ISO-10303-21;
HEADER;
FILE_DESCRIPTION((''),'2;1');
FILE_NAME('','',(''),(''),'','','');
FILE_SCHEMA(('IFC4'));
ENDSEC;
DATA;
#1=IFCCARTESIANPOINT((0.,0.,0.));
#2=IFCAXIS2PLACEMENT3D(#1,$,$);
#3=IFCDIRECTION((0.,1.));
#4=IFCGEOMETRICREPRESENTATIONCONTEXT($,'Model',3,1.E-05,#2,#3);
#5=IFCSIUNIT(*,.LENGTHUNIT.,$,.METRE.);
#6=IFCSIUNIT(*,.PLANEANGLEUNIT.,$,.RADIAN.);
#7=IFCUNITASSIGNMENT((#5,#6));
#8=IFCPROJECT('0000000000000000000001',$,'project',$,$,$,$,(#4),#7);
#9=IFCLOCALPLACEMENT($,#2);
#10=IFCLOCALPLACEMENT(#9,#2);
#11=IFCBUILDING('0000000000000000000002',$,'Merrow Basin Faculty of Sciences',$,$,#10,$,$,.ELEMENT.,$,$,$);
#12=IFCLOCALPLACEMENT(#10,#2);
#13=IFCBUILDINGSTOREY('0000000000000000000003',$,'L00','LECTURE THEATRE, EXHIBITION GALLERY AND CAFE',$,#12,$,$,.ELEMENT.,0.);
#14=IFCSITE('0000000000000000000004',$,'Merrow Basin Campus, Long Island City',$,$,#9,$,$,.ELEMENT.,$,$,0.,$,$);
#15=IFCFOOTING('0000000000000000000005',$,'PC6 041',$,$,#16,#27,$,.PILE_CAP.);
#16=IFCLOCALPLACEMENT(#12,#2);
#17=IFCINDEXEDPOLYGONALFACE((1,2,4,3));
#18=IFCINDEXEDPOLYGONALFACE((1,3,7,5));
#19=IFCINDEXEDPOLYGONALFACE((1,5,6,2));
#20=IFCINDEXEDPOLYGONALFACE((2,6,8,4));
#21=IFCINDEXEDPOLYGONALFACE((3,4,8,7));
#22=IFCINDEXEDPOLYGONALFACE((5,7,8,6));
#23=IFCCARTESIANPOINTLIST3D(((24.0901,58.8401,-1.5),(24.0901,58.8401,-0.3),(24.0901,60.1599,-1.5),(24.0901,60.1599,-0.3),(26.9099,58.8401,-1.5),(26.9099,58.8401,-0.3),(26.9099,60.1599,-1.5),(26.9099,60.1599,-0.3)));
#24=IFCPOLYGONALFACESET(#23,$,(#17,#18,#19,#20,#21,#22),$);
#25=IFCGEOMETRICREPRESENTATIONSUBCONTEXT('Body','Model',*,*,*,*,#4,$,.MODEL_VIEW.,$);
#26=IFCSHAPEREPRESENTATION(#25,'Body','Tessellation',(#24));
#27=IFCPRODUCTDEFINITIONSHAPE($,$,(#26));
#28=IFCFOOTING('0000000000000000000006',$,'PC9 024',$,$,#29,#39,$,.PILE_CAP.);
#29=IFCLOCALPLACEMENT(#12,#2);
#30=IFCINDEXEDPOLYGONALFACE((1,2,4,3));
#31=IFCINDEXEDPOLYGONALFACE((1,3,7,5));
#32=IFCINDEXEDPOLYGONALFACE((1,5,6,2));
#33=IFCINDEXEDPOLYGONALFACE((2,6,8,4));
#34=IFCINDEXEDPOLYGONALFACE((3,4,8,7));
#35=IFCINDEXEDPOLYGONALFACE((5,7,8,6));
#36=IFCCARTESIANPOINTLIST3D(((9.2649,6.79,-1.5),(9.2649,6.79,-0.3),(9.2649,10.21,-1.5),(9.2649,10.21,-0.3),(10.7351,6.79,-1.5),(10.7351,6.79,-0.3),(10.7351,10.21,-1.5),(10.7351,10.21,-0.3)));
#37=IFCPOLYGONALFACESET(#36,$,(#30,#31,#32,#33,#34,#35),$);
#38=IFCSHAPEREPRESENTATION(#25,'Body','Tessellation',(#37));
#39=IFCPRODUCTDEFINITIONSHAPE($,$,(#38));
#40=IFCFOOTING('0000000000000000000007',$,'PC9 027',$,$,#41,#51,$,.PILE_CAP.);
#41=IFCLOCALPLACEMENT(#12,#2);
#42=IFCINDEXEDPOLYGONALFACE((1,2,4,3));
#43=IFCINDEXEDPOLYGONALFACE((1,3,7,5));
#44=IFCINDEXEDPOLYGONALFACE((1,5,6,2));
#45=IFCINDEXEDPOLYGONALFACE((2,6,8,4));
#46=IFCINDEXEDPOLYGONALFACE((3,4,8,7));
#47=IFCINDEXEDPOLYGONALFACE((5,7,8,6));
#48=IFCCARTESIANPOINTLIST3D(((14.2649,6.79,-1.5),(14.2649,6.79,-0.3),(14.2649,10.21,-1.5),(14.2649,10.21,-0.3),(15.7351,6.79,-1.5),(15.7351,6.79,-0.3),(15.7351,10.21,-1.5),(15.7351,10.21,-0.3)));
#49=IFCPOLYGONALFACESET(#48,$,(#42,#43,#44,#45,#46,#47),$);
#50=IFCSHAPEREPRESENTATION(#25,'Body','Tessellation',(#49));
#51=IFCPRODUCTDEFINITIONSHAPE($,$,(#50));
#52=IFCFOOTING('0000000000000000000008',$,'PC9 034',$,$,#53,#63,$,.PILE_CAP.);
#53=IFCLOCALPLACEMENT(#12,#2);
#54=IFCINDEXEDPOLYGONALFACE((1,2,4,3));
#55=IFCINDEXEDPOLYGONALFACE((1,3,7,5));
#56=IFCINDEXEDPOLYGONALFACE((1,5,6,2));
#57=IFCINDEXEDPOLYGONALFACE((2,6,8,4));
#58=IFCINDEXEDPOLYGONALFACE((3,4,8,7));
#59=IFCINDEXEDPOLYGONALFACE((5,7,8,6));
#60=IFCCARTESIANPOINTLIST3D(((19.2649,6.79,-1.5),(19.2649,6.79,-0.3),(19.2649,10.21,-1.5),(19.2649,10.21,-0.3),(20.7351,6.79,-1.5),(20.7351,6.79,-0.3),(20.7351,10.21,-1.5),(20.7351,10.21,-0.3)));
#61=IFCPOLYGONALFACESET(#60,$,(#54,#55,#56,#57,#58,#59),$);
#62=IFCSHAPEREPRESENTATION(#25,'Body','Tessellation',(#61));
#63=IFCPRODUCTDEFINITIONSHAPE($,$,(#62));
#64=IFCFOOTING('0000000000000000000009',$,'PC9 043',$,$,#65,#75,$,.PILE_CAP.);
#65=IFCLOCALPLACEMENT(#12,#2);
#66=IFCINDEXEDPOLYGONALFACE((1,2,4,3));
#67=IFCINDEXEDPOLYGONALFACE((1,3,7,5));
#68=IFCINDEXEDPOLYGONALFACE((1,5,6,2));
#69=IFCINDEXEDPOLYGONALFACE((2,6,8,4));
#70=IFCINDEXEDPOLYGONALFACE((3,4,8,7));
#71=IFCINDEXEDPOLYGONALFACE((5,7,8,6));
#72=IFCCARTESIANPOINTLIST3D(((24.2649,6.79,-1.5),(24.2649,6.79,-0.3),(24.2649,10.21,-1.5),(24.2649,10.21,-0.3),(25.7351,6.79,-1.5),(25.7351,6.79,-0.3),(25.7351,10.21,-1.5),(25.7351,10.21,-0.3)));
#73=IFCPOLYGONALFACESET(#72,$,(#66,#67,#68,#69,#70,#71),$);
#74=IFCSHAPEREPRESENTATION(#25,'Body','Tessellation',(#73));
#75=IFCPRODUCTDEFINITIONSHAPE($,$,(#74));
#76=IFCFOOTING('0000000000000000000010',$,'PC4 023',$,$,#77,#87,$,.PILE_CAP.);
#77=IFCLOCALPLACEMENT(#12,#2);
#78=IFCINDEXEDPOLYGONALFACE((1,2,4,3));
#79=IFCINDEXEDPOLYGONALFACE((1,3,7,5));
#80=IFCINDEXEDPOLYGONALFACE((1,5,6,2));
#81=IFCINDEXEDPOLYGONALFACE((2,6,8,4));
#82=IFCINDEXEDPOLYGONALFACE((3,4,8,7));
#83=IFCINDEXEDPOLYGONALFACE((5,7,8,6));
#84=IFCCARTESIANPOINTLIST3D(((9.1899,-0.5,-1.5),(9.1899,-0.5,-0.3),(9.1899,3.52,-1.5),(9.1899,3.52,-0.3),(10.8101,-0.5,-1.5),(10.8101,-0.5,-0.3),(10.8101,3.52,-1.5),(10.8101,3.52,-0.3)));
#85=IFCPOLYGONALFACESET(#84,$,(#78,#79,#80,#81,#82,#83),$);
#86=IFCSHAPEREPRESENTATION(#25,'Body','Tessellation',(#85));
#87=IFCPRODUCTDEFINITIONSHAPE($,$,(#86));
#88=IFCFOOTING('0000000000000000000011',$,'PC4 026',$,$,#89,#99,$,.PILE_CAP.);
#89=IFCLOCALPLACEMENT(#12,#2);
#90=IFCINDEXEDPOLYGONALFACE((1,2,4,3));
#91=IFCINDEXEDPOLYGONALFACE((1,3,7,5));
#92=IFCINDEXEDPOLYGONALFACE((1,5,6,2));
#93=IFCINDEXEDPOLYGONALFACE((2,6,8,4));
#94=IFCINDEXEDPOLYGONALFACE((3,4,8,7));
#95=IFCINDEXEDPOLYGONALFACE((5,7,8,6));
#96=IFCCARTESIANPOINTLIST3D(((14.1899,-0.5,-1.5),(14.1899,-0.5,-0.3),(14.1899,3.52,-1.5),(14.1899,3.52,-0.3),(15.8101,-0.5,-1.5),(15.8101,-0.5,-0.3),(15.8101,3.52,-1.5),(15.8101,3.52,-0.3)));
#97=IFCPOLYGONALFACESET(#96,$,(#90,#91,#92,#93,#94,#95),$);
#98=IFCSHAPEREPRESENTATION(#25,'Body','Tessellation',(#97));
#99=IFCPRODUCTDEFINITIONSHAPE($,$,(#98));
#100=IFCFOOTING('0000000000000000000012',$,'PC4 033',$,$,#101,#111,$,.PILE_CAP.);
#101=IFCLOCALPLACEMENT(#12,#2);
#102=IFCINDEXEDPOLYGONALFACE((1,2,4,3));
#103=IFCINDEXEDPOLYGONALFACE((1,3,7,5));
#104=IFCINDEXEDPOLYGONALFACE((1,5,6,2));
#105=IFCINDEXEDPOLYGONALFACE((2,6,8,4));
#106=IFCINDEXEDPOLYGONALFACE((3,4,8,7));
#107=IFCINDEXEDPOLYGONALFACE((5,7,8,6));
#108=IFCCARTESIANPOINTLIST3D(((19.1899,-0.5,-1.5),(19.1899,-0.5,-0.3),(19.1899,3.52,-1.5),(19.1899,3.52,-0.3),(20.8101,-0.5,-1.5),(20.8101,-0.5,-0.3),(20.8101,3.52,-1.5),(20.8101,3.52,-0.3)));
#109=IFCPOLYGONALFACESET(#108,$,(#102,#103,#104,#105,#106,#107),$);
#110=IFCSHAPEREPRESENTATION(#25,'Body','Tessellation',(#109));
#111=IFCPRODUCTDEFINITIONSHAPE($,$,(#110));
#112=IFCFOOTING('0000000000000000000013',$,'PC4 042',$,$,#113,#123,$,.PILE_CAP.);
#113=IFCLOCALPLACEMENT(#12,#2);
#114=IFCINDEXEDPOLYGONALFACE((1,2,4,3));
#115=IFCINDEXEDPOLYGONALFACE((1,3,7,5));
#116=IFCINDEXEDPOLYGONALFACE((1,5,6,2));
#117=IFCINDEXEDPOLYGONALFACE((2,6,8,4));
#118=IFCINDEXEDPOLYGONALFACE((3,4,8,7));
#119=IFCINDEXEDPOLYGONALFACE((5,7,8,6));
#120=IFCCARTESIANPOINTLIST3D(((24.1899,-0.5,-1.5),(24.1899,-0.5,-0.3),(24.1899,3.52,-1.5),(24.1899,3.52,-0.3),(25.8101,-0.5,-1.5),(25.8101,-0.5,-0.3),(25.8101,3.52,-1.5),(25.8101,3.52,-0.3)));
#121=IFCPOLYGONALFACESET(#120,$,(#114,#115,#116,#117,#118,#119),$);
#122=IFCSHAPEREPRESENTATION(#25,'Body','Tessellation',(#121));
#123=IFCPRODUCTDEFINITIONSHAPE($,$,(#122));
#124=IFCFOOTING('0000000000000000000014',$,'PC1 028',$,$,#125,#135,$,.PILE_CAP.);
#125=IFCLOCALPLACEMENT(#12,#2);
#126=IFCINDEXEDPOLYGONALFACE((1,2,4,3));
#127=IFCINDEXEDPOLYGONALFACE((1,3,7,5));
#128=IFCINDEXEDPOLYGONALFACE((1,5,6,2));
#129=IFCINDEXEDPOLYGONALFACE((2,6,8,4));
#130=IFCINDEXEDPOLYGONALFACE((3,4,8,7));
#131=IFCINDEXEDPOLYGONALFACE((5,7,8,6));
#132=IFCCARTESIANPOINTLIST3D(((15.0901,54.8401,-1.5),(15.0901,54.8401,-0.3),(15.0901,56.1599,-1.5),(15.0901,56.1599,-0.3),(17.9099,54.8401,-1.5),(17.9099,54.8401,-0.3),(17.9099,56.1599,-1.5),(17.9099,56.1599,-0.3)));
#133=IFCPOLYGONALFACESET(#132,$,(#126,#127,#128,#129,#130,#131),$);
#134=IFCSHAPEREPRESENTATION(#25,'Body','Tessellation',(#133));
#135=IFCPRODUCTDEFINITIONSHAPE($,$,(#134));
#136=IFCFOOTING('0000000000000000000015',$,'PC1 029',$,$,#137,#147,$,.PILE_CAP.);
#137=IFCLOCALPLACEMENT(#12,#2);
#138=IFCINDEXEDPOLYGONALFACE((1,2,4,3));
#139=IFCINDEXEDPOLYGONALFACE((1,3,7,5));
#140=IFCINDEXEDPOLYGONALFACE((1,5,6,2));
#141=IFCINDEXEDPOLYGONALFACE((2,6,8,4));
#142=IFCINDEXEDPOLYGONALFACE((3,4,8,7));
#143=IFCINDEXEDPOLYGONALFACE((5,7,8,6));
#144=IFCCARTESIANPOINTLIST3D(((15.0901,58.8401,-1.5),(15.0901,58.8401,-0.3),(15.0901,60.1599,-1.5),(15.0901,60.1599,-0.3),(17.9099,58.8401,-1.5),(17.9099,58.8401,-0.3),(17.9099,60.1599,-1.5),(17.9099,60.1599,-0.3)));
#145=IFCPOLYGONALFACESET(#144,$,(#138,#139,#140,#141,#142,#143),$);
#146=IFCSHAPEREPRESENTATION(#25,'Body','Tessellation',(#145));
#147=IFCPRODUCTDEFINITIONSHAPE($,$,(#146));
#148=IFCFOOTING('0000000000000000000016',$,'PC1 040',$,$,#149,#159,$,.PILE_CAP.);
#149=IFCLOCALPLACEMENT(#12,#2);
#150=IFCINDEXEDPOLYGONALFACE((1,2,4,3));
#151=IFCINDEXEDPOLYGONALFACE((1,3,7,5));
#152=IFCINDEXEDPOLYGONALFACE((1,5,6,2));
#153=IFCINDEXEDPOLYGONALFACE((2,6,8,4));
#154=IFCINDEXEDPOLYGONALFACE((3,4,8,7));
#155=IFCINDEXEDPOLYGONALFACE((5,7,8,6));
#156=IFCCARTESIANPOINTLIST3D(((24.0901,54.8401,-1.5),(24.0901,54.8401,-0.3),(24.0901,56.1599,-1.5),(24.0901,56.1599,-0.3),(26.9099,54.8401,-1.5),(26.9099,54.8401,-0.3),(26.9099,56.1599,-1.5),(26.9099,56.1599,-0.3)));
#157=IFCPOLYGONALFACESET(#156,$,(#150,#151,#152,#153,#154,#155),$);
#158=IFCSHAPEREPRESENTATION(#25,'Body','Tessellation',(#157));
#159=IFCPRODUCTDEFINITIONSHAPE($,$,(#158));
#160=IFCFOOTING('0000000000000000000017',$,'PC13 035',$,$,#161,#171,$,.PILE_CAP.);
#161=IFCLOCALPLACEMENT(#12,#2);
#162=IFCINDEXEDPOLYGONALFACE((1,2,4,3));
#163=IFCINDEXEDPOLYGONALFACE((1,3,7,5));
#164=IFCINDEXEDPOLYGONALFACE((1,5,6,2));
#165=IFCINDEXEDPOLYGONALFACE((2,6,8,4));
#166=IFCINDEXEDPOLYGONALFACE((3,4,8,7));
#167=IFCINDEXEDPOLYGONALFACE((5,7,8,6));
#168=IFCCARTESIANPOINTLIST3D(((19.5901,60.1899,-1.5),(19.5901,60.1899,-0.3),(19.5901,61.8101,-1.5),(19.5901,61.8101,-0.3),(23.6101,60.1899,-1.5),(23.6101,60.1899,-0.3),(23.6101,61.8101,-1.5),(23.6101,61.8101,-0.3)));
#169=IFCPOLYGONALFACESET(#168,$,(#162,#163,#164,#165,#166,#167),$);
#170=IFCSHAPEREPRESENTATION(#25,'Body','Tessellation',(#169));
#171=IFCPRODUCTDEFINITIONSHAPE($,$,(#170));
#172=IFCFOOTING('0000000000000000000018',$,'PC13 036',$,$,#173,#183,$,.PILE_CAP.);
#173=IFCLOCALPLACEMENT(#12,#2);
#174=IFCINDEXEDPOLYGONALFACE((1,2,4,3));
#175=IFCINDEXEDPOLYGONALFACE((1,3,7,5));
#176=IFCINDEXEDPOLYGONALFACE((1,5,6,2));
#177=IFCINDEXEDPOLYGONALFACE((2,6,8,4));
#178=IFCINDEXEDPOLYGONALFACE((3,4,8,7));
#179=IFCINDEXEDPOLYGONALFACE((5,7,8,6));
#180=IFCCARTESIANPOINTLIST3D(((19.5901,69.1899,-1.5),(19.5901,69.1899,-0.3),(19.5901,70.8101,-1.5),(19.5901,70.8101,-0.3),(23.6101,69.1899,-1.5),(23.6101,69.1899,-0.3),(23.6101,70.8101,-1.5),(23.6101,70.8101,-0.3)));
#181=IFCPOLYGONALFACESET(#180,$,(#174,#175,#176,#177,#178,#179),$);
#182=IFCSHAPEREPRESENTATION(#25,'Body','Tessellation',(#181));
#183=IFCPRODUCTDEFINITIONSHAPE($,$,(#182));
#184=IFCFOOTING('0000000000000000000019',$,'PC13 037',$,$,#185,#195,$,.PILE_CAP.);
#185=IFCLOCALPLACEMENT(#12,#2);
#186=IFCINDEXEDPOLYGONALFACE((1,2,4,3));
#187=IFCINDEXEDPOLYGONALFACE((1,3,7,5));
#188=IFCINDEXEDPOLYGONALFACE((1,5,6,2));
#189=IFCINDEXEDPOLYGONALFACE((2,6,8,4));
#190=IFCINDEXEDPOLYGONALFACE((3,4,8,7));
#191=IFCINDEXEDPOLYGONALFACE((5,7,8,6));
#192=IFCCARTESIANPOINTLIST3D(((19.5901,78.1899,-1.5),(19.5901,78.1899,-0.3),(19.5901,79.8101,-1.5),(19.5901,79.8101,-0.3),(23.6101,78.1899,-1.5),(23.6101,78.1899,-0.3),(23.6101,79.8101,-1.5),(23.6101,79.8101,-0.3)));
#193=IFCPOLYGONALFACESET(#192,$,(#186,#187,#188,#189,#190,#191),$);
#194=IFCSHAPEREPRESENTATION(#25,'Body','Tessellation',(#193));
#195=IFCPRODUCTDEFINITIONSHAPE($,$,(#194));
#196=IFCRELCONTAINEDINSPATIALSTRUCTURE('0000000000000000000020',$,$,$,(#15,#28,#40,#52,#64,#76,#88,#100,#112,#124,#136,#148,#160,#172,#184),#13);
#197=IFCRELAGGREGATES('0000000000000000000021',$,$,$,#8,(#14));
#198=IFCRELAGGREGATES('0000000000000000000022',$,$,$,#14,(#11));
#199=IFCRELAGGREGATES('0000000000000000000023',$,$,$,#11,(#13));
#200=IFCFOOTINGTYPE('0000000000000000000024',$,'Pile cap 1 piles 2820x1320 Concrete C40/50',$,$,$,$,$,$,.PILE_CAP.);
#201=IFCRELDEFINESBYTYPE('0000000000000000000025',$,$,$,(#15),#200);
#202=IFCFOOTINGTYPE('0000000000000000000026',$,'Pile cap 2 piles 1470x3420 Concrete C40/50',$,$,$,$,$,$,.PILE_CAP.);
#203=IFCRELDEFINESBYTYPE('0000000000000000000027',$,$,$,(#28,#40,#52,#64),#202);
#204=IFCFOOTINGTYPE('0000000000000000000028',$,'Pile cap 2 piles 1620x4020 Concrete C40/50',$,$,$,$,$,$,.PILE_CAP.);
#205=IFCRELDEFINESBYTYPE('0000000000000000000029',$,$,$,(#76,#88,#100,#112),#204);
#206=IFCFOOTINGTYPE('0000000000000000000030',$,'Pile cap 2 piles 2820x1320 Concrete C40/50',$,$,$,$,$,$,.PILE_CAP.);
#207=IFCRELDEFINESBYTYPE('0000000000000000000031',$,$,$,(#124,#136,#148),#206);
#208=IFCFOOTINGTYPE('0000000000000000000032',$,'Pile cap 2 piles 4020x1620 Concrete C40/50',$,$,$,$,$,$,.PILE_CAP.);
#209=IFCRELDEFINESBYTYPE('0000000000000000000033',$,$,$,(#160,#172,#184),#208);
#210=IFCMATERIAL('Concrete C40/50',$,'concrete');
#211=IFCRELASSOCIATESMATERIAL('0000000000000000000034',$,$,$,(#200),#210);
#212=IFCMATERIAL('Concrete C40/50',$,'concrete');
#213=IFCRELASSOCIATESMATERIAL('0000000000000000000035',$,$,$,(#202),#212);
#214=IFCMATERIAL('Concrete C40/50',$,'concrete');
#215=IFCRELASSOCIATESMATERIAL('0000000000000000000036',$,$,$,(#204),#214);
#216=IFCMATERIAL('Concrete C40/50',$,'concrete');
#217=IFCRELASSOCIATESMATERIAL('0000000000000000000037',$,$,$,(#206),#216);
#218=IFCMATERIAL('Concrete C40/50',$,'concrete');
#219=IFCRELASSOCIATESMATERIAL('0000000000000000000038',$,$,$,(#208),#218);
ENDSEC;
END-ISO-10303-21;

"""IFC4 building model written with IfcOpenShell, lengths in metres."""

from ifc_helpers import new_model, si_unit, direction, frame, origin, place, context, subcontext, project, spatial, polyline, outline, extrude, material, type_object, element, save


model = new_model("IFC4")

# Units and contexts
model_context = context("Model", 3, precision=1e-05, world=origin(), true_north=direction((0.0, 1.0)))
body_context = subcontext(model_context, "Body", "Model", "MODEL_VIEW")
ifc_project = project(units=[si_unit("LENGTHUNIT", "METRE"), si_unit("PLANEANGLEUNIT", "RADIAN")], contexts=[model_context])

# Site, building, storey
site_placement = place(None, origin())
site = spatial("IfcSite", under=ifc_project, at=site_placement, Name="Merrow Basin Campus, Long Island City", CompositionType="ELEMENT", RefElevation=0.0)
building_placement = place(site_placement, origin())
building = spatial("IfcBuilding", under=site, at=building_placement, Name="Merrow Basin Faculty of Sciences", CompositionType="ELEMENT")
storey_placement = place(building_placement, origin())
storey = spatial("IfcBuildingStorey", under=building, at=storey_placement, Name="L00", Description="LECTURE THEATRE, EXHIBITION GALLERY AND CAFE", CompositionType="ELEMENT", Elevation=0.0)

# Footings
ifc_material_1 = material(Name="Concrete C40/50", Category="concrete")
footing_type_1 = type_object("IfcFootingType", Name="Pile cap 1 piles 2820x1320 Concrete C40/50", PredefinedType="PILE_CAP", material=ifc_material_1)
footing_1_placement = place(storey_placement, frame((0.0, 0.0, -1.5)))
element("IfcFooting", 1, at=footing_1_placement, inside=storey, type_object=footing_type_1, Name="PC6 041", PredefinedType="PILE_CAP", context=body_context, shape_type="SweptSolid", body=[
    extrude(outline(polyline([(24.0901, 58.8401), (24.0901, 60.1599), (26.9099, 60.1599), (26.9099, 58.8401), (24.0901, 58.8401)])), origin(), (0.0, 0.0, 1.0), 1.2),
])
ifc_material_2 = material(Name="Concrete C40/50", Category="concrete")
footing_type_2 = type_object("IfcFootingType", Name="Pile cap 2 piles 1470x3420 Concrete C40/50", PredefinedType="PILE_CAP", material=ifc_material_2)
footing_2_placement = place(storey_placement, frame((0.0, 0.0, -1.5)))
element("IfcFooting", 2, at=footing_2_placement, inside=storey, type_object=footing_type_2, Name="PC9 024", PredefinedType="PILE_CAP", context=body_context, shape_type="SweptSolid", body=[
    extrude(outline(polyline([(9.2649, 10.21), (10.7351, 10.21), (10.7351, 6.79), (9.2649, 6.79), (9.2649, 10.21)])), origin(), (0.0, 0.0, 1.0), 1.2),
])
footing_3_placement = place(storey_placement, frame((0.0, 0.0, -1.5)))
element("IfcFooting", 3, at=footing_3_placement, inside=storey, type_object=footing_type_2, Name="PC9 027", PredefinedType="PILE_CAP", context=body_context, shape_type="SweptSolid", body=[
    extrude(outline(polyline([(14.2649, 10.21), (15.7351, 10.21), (15.7351, 6.79), (14.2649, 6.79), (14.2649, 10.21)])), origin(), (0.0, 0.0, 1.0), 1.2),
])
footing_4_placement = place(storey_placement, frame((0.0, 0.0, -1.5)))
element("IfcFooting", 4, at=footing_4_placement, inside=storey, type_object=footing_type_2, Name="PC9 034", PredefinedType="PILE_CAP", context=body_context, shape_type="SweptSolid", body=[
    extrude(outline(polyline([(19.2649, 6.79), (19.2649, 10.21), (20.7351, 10.21), (20.7351, 6.79), (19.2649, 6.79)])), origin(), (0.0, 0.0, 1.0), 1.2),
])
footing_5_placement = place(storey_placement, frame((0.0, 0.0, -1.5)))
element("IfcFooting", 5, at=footing_5_placement, inside=storey, type_object=footing_type_2, Name="PC9 043", PredefinedType="PILE_CAP", context=body_context, shape_type="SweptSolid", body=[
    extrude(outline(polyline([(24.2649, 10.21), (25.7351, 10.21), (25.7351, 6.79), (24.2649, 6.79), (24.2649, 10.21)])), origin(), (0.0, 0.0, 1.0), 1.2),
])
ifc_material_3 = material(Name="Concrete C40/50", Category="concrete")
footing_type_3 = type_object("IfcFootingType", Name="Pile cap 2 piles 1620x4020 Concrete C40/50", PredefinedType="PILE_CAP", material=ifc_material_3)
footing_6_placement = place(storey_placement, frame((0.0, 0.0, -1.5)))
element("IfcFooting", 6, at=footing_6_placement, inside=storey, type_object=footing_type_3, Name="PC4 023", PredefinedType="PILE_CAP", context=body_context, shape_type="SweptSolid", body=[
    extrude(outline(polyline([(9.1899, 3.52), (10.8101, 3.52), (10.8101, -0.5), (9.1899, -0.5), (9.1899, 3.52)])), origin(), (0.0, 0.0, 1.0), 1.2),
])
footing_7_placement = place(storey_placement, frame((0.0, 0.0, -1.5)))
element("IfcFooting", 7, at=footing_7_placement, inside=storey, type_object=footing_type_3, Name="PC4 026", PredefinedType="PILE_CAP", context=body_context, shape_type="SweptSolid", body=[
    extrude(outline(polyline([(15.8101, 3.52), (15.8101, -0.5), (14.1899, -0.5), (14.1899, 3.52), (15.8101, 3.52)])), origin(), (0.0, 0.0, 1.0), 1.2),
])
footing_8_placement = place(storey_placement, frame((0.0, 0.0, -1.5)))
element("IfcFooting", 8, at=footing_8_placement, inside=storey, type_object=footing_type_3, Name="PC4 033", PredefinedType="PILE_CAP", context=body_context, shape_type="SweptSolid", body=[
    extrude(outline(polyline([(20.8101, 3.52), (20.8101, -0.5), (19.1899, -0.5), (19.1899, 3.52), (20.8101, 3.52)])), origin(), (0.0, 0.0, 1.0), 1.2),
])
footing_9_placement = place(storey_placement, frame((0.0, 0.0, -1.5)))
element("IfcFooting", 9, at=footing_9_placement, inside=storey, type_object=footing_type_3, Name="PC4 042", PredefinedType="PILE_CAP", context=body_context, shape_type="SweptSolid", body=[
    extrude(outline(polyline([(25.8101, 3.52), (25.8101, -0.5), (24.1899, -0.5), (24.1899, 3.52), (25.8101, 3.52)])), origin(), (0.0, 0.0, 1.0), 1.2),
])
ifc_material_4 = material(Name="Concrete C40/50", Category="concrete")
footing_type_4 = type_object("IfcFootingType", Name="Pile cap 2 piles 2820x1320 Concrete C40/50", PredefinedType="PILE_CAP", material=ifc_material_4)
footing_10_placement = place(storey_placement, frame((0.0, 0.0, -1.5)))
element("IfcFooting", 10, at=footing_10_placement, inside=storey, type_object=footing_type_4, Name="PC1 028", PredefinedType="PILE_CAP", context=body_context, shape_type="SweptSolid", body=[
    extrude(outline(polyline([(15.0901, 56.1599), (17.9099, 56.1599), (17.9099, 54.8401), (15.0901, 54.8401), (15.0901, 56.1599)])), origin(), (0.0, 0.0, 1.0), 1.2),
])
footing_11_placement = place(storey_placement, frame((0.0, 0.0, -1.5)))
element("IfcFooting", 11, at=footing_11_placement, inside=storey, type_object=footing_type_4, Name="PC1 029", PredefinedType="PILE_CAP", context=body_context, shape_type="SweptSolid", body=[
    extrude(outline(polyline([(15.0901, 60.1599), (17.9099, 60.1599), (17.9099, 58.8401), (15.0901, 58.8401), (15.0901, 60.1599)])), origin(), (0.0, 0.0, 1.0), 1.2),
])
footing_12_placement = place(storey_placement, frame((0.0, 0.0, -1.5)))
element("IfcFooting", 12, at=footing_12_placement, inside=storey, type_object=footing_type_4, Name="PC1 040", PredefinedType="PILE_CAP", context=body_context, shape_type="SweptSolid", body=[
    extrude(outline(polyline([(24.0901, 56.1599), (26.9099, 56.1599), (26.9099, 54.8401), (24.0901, 54.8401), (24.0901, 56.1599)])), origin(), (0.0, 0.0, 1.0), 1.2),
])
ifc_material_5 = material(Name="Concrete C40/50", Category="concrete")
footing_type_5 = type_object("IfcFootingType", Name="Pile cap 2 piles 4020x1620 Concrete C40/50", PredefinedType="PILE_CAP", material=ifc_material_5)
footing_13_placement = place(storey_placement, frame((0.0, 0.0, -1.5)))
element("IfcFooting", 13, at=footing_13_placement, inside=storey, type_object=footing_type_5, Name="PC13 035", PredefinedType="PILE_CAP", context=body_context, shape_type="SweptSolid", body=[
    extrude(outline(polyline([(19.5901, 61.8101), (23.6101, 61.8101), (23.6101, 60.1899), (19.5901, 60.1899), (19.5901, 61.8101)])), origin(), (0.0, 0.0, 1.0), 1.2),
])
footing_14_placement = place(storey_placement, frame((0.0, 0.0, -1.5)))
element("IfcFooting", 14, at=footing_14_placement, inside=storey, type_object=footing_type_5, Name="PC13 036", PredefinedType="PILE_CAP", context=body_context, shape_type="SweptSolid", body=[
    extrude(outline(polyline([(19.5901, 70.8101), (23.6101, 70.8101), (23.6101, 69.1899), (19.5901, 69.1899), (19.5901, 70.8101)])), origin(), (0.0, 0.0, 1.0), 1.2),
])
footing_15_placement = place(storey_placement, frame((0.0, 0.0, -1.5)))
element("IfcFooting", 15, at=footing_15_placement, inside=storey, type_object=footing_type_5, Name="PC13 037", PredefinedType="PILE_CAP", context=body_context, shape_type="SweptSolid", body=[
    extrude(outline(polyline([(19.5901, 79.8101), (23.6101, 79.8101), (23.6101, 78.1899), (19.5901, 78.1899), (19.5901, 79.8101)])), origin(), (0.0, 0.0, 1.0), 1.2),
])

save(model, "model.ifc")
